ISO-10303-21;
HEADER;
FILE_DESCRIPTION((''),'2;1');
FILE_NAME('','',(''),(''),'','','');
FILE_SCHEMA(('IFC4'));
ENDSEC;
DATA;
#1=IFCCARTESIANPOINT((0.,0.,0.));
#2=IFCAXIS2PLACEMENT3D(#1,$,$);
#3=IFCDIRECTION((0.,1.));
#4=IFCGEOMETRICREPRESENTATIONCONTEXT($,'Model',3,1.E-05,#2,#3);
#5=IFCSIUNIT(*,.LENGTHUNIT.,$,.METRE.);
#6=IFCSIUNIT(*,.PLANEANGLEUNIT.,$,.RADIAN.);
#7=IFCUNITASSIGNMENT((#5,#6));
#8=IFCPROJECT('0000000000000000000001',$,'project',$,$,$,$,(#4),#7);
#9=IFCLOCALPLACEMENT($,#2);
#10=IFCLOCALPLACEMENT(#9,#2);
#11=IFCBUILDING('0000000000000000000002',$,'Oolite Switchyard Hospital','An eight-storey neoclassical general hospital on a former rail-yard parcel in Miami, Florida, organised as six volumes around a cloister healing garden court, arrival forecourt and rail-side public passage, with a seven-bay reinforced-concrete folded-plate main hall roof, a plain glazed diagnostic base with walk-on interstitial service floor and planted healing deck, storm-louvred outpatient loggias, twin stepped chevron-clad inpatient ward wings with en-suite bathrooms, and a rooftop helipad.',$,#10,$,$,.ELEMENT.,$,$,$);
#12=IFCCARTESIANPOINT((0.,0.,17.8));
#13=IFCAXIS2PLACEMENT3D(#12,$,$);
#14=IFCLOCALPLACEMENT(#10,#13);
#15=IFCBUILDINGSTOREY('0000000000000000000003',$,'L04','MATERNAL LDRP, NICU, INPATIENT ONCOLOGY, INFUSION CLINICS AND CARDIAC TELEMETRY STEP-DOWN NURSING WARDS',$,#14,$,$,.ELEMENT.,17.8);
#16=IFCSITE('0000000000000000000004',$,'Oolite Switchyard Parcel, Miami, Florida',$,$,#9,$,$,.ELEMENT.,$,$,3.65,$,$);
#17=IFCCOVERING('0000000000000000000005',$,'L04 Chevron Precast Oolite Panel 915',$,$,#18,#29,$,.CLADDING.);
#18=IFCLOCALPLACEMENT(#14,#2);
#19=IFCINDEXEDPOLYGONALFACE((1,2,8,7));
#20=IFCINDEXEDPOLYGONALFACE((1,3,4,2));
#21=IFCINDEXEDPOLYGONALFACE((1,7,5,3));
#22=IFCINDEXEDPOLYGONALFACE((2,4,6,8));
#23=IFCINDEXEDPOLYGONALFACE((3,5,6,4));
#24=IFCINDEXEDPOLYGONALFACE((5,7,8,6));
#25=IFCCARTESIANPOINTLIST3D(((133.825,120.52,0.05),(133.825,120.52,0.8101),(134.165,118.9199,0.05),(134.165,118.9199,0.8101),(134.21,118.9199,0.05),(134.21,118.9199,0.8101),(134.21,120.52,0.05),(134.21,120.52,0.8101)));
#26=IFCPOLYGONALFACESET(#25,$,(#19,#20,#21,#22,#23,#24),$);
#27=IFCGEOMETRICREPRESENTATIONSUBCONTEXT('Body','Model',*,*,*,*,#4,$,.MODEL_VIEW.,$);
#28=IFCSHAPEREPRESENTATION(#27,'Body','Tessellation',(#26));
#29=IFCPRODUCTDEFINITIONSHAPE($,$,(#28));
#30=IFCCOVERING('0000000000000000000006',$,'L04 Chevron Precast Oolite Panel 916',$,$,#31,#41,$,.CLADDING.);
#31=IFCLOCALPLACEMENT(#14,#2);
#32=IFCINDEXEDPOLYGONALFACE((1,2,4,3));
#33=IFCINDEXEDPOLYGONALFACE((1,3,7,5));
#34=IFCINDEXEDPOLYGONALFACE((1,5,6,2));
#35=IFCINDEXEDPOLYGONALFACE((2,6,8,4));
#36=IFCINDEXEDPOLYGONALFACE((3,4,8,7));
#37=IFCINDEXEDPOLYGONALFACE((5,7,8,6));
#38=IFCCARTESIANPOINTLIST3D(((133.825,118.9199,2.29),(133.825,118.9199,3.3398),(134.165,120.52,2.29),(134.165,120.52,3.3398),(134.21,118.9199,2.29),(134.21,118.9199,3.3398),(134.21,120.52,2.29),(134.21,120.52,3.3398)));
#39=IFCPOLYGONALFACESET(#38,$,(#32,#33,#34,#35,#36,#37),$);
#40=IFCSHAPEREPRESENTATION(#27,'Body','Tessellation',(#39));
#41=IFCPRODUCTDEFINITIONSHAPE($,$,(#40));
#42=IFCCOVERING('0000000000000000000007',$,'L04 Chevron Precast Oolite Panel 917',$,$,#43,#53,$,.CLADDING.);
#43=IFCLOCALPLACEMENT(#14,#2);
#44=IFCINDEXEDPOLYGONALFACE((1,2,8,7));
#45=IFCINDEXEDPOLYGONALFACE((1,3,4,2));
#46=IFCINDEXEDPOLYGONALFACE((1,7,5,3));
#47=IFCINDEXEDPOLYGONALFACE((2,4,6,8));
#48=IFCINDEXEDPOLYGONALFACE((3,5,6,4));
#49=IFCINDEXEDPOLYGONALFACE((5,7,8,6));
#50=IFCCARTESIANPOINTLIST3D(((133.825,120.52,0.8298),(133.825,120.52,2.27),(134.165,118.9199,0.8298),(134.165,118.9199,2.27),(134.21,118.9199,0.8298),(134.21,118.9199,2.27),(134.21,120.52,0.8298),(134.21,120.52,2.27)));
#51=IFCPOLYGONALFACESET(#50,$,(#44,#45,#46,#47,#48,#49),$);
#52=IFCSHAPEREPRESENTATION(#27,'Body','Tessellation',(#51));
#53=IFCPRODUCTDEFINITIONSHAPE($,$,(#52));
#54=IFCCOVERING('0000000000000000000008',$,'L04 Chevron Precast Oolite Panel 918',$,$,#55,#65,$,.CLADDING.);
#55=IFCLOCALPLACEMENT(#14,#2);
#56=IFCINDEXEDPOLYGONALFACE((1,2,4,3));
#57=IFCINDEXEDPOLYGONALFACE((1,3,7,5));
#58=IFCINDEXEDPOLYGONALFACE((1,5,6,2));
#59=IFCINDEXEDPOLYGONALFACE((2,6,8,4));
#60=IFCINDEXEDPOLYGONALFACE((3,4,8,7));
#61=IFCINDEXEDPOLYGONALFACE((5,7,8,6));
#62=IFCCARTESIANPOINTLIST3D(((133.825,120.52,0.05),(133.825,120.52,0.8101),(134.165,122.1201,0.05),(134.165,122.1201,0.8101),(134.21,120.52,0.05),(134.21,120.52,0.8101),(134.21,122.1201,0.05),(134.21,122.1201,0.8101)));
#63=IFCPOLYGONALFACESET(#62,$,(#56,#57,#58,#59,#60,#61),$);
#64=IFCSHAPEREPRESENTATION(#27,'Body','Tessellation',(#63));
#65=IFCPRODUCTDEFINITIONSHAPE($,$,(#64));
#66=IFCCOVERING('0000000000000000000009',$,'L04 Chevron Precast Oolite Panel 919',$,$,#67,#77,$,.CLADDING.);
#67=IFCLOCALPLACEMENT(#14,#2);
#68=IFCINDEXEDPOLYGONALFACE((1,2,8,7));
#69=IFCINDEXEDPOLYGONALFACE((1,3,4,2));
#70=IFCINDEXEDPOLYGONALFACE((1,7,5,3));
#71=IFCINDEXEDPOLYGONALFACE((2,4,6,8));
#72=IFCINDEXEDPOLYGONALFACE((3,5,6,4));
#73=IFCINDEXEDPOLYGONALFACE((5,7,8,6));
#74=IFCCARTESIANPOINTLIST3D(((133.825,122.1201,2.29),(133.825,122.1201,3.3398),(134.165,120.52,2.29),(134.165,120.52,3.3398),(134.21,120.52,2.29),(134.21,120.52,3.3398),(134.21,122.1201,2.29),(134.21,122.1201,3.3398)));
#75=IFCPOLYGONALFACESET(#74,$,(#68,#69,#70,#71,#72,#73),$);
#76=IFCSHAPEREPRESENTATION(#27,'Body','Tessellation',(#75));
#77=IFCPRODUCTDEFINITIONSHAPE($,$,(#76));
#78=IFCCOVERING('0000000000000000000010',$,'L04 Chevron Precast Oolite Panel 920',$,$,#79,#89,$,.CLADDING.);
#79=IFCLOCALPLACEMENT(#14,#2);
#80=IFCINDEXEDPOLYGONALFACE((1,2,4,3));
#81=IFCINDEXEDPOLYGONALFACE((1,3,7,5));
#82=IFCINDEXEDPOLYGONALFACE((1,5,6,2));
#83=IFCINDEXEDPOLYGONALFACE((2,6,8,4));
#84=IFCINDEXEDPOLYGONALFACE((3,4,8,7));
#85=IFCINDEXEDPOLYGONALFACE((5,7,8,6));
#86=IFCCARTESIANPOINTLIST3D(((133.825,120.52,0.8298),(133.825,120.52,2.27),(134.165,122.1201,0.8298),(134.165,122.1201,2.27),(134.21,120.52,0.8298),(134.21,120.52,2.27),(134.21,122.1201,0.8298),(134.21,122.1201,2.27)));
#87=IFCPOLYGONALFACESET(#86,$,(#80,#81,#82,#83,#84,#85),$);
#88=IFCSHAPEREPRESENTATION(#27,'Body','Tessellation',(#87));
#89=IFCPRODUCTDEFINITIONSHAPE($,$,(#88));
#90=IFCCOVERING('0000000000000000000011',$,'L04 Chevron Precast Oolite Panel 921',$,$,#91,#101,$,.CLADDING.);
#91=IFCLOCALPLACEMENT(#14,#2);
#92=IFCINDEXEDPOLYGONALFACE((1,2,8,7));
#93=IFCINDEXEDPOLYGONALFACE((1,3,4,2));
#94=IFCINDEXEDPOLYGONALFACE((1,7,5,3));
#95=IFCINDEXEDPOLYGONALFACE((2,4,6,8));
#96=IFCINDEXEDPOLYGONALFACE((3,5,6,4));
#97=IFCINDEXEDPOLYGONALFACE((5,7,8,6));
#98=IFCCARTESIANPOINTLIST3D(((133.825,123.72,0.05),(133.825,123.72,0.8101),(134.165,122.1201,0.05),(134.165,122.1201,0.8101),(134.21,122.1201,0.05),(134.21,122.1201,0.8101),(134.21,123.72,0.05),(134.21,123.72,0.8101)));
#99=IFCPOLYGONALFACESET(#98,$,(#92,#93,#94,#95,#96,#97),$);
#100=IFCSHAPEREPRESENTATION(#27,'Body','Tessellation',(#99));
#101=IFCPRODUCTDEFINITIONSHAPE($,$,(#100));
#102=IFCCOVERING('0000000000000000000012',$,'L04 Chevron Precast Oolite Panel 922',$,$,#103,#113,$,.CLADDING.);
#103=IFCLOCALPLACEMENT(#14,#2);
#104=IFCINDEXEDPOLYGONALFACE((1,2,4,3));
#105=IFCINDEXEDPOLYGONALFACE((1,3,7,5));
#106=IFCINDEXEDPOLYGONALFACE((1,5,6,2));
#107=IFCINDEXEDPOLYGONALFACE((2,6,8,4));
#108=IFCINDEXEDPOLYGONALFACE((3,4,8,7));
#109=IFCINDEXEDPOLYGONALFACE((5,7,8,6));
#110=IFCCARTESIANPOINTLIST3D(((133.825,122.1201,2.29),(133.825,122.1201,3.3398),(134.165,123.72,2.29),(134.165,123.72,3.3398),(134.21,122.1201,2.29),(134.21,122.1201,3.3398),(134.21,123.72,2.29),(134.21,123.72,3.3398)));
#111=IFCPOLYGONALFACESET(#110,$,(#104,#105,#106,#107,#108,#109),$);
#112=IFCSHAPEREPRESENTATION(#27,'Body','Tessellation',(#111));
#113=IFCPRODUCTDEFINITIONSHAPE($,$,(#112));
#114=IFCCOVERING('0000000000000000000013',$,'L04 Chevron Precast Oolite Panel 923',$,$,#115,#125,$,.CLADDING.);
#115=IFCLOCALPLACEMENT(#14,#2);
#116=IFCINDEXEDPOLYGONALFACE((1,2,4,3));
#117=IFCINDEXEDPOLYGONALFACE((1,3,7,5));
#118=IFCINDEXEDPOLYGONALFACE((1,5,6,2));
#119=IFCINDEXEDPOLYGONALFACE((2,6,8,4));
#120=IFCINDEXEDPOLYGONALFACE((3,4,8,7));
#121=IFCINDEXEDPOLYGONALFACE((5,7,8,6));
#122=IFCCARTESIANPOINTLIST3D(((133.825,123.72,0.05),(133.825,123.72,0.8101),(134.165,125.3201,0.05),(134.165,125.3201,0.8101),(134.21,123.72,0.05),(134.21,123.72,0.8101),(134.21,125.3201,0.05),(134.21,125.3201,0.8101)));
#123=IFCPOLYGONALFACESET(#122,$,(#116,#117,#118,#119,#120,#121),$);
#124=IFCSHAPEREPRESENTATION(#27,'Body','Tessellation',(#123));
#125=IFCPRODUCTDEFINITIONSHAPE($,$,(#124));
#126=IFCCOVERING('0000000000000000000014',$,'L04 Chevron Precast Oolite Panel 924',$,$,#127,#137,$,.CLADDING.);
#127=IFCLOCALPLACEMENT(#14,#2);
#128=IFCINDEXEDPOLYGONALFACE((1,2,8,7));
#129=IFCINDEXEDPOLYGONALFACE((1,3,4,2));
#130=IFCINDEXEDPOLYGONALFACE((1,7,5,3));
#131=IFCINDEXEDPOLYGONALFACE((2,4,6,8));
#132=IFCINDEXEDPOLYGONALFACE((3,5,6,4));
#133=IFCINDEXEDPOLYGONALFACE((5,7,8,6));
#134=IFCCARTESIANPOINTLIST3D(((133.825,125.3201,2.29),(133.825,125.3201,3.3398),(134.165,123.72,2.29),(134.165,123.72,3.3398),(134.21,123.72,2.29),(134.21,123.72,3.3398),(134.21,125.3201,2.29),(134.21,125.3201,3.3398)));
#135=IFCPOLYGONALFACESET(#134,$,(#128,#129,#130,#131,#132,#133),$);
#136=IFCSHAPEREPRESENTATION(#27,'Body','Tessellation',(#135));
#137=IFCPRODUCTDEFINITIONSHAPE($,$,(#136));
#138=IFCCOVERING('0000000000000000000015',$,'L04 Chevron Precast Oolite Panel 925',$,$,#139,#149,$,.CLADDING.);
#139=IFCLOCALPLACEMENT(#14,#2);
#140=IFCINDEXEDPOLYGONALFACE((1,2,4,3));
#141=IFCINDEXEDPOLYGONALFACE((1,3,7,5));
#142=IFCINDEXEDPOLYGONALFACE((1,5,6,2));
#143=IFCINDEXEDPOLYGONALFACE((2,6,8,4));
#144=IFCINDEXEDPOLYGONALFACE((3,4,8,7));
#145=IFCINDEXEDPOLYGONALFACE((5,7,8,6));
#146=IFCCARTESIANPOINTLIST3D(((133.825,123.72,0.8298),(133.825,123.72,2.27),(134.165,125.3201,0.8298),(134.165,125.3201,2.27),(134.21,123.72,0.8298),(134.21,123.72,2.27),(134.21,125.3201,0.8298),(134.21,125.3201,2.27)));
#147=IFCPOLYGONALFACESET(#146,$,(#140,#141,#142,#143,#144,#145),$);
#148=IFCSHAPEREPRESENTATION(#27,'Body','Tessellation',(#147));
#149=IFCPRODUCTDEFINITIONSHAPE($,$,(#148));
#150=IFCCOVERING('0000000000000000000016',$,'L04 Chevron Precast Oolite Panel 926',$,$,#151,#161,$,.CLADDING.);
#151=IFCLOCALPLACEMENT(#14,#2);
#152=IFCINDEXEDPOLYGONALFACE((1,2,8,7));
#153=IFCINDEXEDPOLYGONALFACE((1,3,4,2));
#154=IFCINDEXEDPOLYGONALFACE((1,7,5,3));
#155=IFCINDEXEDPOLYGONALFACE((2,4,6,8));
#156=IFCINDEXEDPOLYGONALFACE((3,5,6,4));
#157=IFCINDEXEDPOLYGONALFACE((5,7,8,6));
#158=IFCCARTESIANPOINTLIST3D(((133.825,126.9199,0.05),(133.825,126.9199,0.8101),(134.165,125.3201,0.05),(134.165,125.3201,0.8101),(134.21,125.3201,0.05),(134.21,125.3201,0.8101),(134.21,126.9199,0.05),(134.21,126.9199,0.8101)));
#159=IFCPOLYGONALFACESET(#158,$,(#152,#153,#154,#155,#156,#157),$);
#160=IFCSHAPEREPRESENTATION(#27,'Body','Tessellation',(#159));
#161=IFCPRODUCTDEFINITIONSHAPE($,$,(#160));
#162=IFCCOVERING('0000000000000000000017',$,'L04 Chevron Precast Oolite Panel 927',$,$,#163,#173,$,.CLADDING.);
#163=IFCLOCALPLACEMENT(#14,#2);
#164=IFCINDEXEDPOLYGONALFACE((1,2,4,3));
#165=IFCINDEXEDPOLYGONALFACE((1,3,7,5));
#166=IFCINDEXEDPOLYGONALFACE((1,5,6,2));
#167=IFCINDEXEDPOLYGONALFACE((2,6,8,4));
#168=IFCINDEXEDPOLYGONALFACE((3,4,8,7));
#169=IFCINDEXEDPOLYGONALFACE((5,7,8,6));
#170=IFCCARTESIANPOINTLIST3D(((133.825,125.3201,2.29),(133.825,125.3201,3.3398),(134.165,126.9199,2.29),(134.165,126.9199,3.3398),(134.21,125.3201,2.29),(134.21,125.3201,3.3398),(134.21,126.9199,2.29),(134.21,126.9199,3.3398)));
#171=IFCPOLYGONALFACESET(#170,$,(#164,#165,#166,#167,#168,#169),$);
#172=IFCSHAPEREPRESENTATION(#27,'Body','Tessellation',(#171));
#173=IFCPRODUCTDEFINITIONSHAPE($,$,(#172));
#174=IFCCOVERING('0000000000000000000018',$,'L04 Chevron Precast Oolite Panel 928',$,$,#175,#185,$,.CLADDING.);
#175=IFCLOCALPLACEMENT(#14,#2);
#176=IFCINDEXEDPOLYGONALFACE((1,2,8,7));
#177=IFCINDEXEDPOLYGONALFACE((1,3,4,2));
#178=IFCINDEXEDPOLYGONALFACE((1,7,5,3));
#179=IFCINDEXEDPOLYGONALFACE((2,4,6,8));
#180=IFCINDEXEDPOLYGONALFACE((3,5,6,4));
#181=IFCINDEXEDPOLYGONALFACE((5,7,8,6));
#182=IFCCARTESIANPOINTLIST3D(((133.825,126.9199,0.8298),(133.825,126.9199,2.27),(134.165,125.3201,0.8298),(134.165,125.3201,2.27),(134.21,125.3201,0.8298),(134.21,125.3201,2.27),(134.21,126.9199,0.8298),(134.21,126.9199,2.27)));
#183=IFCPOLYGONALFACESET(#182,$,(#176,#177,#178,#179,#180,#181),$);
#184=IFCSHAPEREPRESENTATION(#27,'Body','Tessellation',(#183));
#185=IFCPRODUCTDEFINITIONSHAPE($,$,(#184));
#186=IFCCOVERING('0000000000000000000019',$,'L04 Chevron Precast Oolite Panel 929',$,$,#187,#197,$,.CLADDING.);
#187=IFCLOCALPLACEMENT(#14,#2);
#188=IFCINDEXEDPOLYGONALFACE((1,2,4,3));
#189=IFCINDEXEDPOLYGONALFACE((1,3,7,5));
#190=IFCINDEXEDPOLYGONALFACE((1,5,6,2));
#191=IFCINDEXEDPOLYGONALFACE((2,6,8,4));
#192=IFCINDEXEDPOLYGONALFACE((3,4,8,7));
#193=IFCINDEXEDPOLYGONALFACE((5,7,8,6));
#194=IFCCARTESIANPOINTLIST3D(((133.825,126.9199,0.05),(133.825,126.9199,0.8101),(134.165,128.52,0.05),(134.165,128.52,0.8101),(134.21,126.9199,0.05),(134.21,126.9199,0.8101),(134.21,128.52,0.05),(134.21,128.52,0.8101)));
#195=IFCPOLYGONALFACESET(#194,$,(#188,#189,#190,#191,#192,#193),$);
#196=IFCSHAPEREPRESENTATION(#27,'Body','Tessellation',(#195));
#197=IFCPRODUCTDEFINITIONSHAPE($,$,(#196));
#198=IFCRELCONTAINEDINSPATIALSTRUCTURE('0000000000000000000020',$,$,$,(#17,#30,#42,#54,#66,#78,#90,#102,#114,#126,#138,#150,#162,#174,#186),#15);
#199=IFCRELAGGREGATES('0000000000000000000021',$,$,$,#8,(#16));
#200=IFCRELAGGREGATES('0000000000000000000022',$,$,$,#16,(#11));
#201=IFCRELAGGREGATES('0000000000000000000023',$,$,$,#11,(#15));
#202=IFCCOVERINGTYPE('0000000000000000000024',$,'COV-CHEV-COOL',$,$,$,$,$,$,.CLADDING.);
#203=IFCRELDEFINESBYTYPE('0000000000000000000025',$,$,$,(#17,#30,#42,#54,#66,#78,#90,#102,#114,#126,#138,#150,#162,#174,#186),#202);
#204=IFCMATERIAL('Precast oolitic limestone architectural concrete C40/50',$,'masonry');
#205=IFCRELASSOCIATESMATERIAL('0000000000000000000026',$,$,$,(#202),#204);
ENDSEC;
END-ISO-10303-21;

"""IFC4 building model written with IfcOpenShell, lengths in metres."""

from ifc_helpers import new_model, si_unit, direction, frame, origin, place, context, subcontext, project, spatial, polyline, outline, extrude, material, type_object, element, save


model = new_model("IFC4")

# Units and contexts
model_context = context("Model", 3, precision=1e-05, world=origin(), true_north=direction((0.0, 1.0)))
body_context = subcontext(model_context, "Body", "Model", "MODEL_VIEW")
ifc_project = project(units=[si_unit("LENGTHUNIT", "METRE"), si_unit("PLANEANGLEUNIT", "RADIAN")], contexts=[model_context])

# Site, building, storey
site_placement = place(None, origin())
site = spatial("IfcSite", under=ifc_project, at=site_placement, Name="Oolite Switchyard Parcel, Miami, Florida", CompositionType="ELEMENT", RefElevation=3.65)
building_placement = place(site_placement, origin())
building = spatial("IfcBuilding", under=site, at=building_placement, Name="Oolite Switchyard Hospital", Description="An eight-storey neoclassical general hospital on a former rail-yard parcel in Miami, Florida, organised as six volumes around a cloister healing garden court, arrival forecourt and rail-side public passage, with a seven-bay reinforced-concrete folded-plate main hall roof, a plain glazed diagnostic base with walk-on interstitial service floor and planted healing deck, storm-louvred outpatient loggias, twin stepped chevron-clad inpatient ward wings with en-suite bathrooms, and a rooftop helipad.", CompositionType="ELEMENT")
storey_placement = place(building_placement, frame((0.0, 0.0, 17.8)))
storey = spatial("IfcBuildingStorey", under=building, at=storey_placement, Name="L04", Description="MATERNAL LDRP, NICU, INPATIENT ONCOLOGY, INFUSION CLINICS AND CARDIAC TELEMETRY STEP-DOWN NURSING WARDS", CompositionType="ELEMENT", Elevation=17.8)

# Coverings
ifc_material_1 = material(Name="Precast oolitic limestone architectural concrete C40/50", Category="masonry")
covering_type = type_object("IfcCoveringType", Name="COV-CHEV-COOL", PredefinedType="CLADDING", material=ifc_material_1)
covering_1_placement = place(storey_placement, frame((134.21, 118.9199, 0.05), z_axis=(0.0, 0.0, 1.0), x_axis=(0.0, 1.0, 0.0)))
element("IfcCovering", 1, at=covering_1_placement, inside=storey, type_object=covering_type, Name="L04 Chevron Precast Oolite Panel 915", PredefinedType="CLADDING", context=body_context, shape_type="SweptSolid", body=[
    extrude(outline(polyline([(0.0, 0.0), (1.6001, 0.0), (1.6001, 0.385), (0.0, 0.0449), (0.0, 0.0)])), origin(), (0.0, 0.0, 1.0), 0.76),
])
covering_2_placement = place(storey_placement, frame((134.21, 118.9199, 2.29), z_axis=(0.0, 0.0, 1.0), x_axis=(0.0, 1.0, 0.0)))
element("IfcCovering", 2, at=covering_2_placement, inside=storey, type_object=covering_type, Name="L04 Chevron Precast Oolite Panel 916", PredefinedType="CLADDING", context=body_context, shape_type="SweptSolid", body=[
    extrude(outline(polyline([(0.0, 0.0), (1.6001, 0.0), (1.6001, 0.0449), (0.0, 0.385), (0.0, 0.0)])), origin(), (0.0, 0.0, 1.0), 1.0498),
])
covering_3_placement = place(storey_placement, frame((134.21, 118.9199, 0.8298), z_axis=(0.0, 0.0, 1.0), x_axis=(0.0, 1.0, 0.0)))
element("IfcCovering", 3, at=covering_3_placement, inside=storey, type_object=covering_type, Name="L04 Chevron Precast Oolite Panel 917", PredefinedType="CLADDING", context=body_context, shape_type="SweptSolid", body=[
    extrude(outline(polyline([(0.0, 0.0), (1.6001, 0.0), (1.6001, 0.385), (0.0, 0.0449), (0.0, 0.0)])), origin(), (0.0, 0.0, 1.0), 1.4402),
])
covering_4_placement = place(storey_placement, frame((134.21, 120.52, 0.05), z_axis=(0.0, 0.0, 1.0), x_axis=(0.0, 1.0, 0.0)))
element("IfcCovering", 4, at=covering_4_placement, inside=storey, type_object=covering_type, Name="L04 Chevron Precast Oolite Panel 918", PredefinedType="CLADDING", context=body_context, shape_type="SweptSolid", body=[
    extrude(outline(polyline([(0.0, 0.0), (1.6001, 0.0), (1.6001, 0.0449), (0.0, 0.385), (0.0, 0.0)])), origin(), (0.0, 0.0, 1.0), 0.76),
])
covering_5_placement = place(storey_placement, frame((134.21, 120.52, 2.29), z_axis=(0.0, 0.0, 1.0), x_axis=(0.0, 1.0, 0.0)))
element("IfcCovering", 5, at=covering_5_placement, inside=storey, type_object=covering_type, Name="L04 Chevron Precast Oolite Panel 919", PredefinedType="CLADDING", context=body_context, shape_type="SweptSolid", body=[
    extrude(outline(polyline([(0.0, 0.0), (1.6001, 0.0), (1.6001, 0.385), (0.0, 0.0449), (0.0, 0.0)])), origin(), (0.0, 0.0, 1.0), 1.0498),
])
covering_6_placement = place(storey_placement, frame((134.21, 120.52, 0.8298), z_axis=(0.0, 0.0, 1.0), x_axis=(0.0, 1.0, 0.0)))
element("IfcCovering", 6, at=covering_6_placement, inside=storey, type_object=covering_type, Name="L04 Chevron Precast Oolite Panel 920", PredefinedType="CLADDING", context=body_context, shape_type="SweptSolid", body=[
    extrude(outline(polyline([(0.0, 0.0), (1.6001, 0.0), (1.6001, 0.0449), (0.0, 0.385), (0.0, 0.0)])), origin(), (0.0, 0.0, 1.0), 1.4402),
])
covering_7_placement = place(storey_placement, frame((134.21, 122.1201, 0.05), z_axis=(0.0, 0.0, 1.0), x_axis=(0.0, 1.0, 0.0)))
element("IfcCovering", 7, at=covering_7_placement, inside=storey, type_object=covering_type, Name="L04 Chevron Precast Oolite Panel 921", PredefinedType="CLADDING", context=body_context, shape_type="SweptSolid", body=[
    extrude(outline(polyline([(0.0, 0.0), (1.5999, 0.0), (1.5999, 0.385), (0.0, 0.0449), (0.0, 0.0)])), origin(), (0.0, 0.0, 1.0), 0.76),
])
covering_8_placement = place(storey_placement, frame((134.21, 122.1201, 2.29), z_axis=(0.0, 0.0, 1.0), x_axis=(0.0, 1.0, 0.0)))
element("IfcCovering", 8, at=covering_8_placement, inside=storey, type_object=covering_type, Name="L04 Chevron Precast Oolite Panel 922", PredefinedType="CLADDING", context=body_context, shape_type="SweptSolid", body=[
    extrude(outline(polyline([(0.0, 0.0), (1.5999, 0.0), (1.5999, 0.0449), (0.0, 0.385), (0.0, 0.0)])), origin(), (0.0, 0.0, 1.0), 1.0498),
])
covering_9_placement = place(storey_placement, frame((134.21, 123.72, 0.05), z_axis=(0.0, 0.0, 1.0), x_axis=(0.0, 1.0, 0.0)))
element("IfcCovering", 9, at=covering_9_placement, inside=storey, type_object=covering_type, Name="L04 Chevron Precast Oolite Panel 923", PredefinedType="CLADDING", context=body_context, shape_type="SweptSolid", body=[
    extrude(outline(polyline([(0.0, 0.0), (1.6001, 0.0), (1.6001, 0.0449), (0.0, 0.385), (0.0, 0.0)])), origin(), (0.0, 0.0, 1.0), 0.76),
])
covering_10_placement = place(storey_placement, frame((134.21, 123.72, 2.29), z_axis=(0.0, 0.0, 1.0), x_axis=(0.0, 1.0, 0.0)))
element("IfcCovering", 10, at=covering_10_placement, inside=storey, type_object=covering_type, Name="L04 Chevron Precast Oolite Panel 924", PredefinedType="CLADDING", context=body_context, shape_type="SweptSolid", body=[
    extrude(outline(polyline([(0.0, 0.0), (1.6001, 0.0), (1.6001, 0.385), (0.0, 0.0449), (0.0, 0.0)])), origin(), (0.0, 0.0, 1.0), 1.0498),
])
covering_11_placement = place(storey_placement, frame((134.21, 123.72, 0.8298), z_axis=(0.0, 0.0, 1.0), x_axis=(0.0, 1.0, 0.0)))
element("IfcCovering", 11, at=covering_11_placement, inside=storey, type_object=covering_type, Name="L04 Chevron Precast Oolite Panel 925", PredefinedType="CLADDING", context=body_context, shape_type="SweptSolid", body=[
    extrude(outline(polyline([(0.0, 0.0), (1.6001, 0.0), (1.6001, 0.0449), (0.0, 0.385), (0.0, 0.0)])), origin(), (0.0, 0.0, 1.0), 1.4402),
])
covering_12_placement = place(storey_placement, frame((134.21, 125.3201, 0.05), z_axis=(0.0, 0.0, 1.0), x_axis=(0.0, 1.0, 0.0)))
element("IfcCovering", 12, at=covering_12_placement, inside=storey, type_object=covering_type, Name="L04 Chevron Precast Oolite Panel 926", PredefinedType="CLADDING", context=body_context, shape_type="SweptSolid", body=[
    extrude(outline(polyline([(0.0, 0.0), (1.5999, 0.0), (1.5999, 0.385), (0.0, 0.0449), (0.0, 0.0)])), origin(), (0.0, 0.0, 1.0), 0.76),
])
covering_13_placement = place(storey_placement, frame((134.21, 125.3201, 2.29), z_axis=(0.0, 0.0, 1.0), x_axis=(0.0, 1.0, 0.0)))
element("IfcCovering", 13, at=covering_13_placement, inside=storey, type_object=covering_type, Name="L04 Chevron Precast Oolite Panel 927", PredefinedType="CLADDING", context=body_context, shape_type="SweptSolid", body=[
    extrude(outline(polyline([(0.0, 0.0), (1.5999, 0.0), (1.5999, 0.0449), (0.0, 0.385), (0.0, 0.0)])), origin(), (0.0, 0.0, 1.0), 1.0498),
])
covering_14_placement = place(storey_placement, frame((134.21, 125.3201, 0.8298), z_axis=(0.0, 0.0, 1.0), x_axis=(0.0, 1.0, 0.0)))
element("IfcCovering", 14, at=covering_14_placement, inside=storey, type_object=covering_type, Name="L04 Chevron Precast Oolite Panel 928", PredefinedType="CLADDING", context=body_context, shape_type="SweptSolid", body=[
    extrude(outline(polyline([(0.0, 0.0), (1.5999, 0.0), (1.5999, 0.385), (0.0, 0.0449), (0.0, 0.0)])), origin(), (0.0, 0.0, 1.0), 1.4402),
])
covering_15_placement = place(storey_placement, frame((134.21, 126.9199, 0.05), z_axis=(0.0, 0.0, 1.0), x_axis=(0.0, 1.0, 0.0)))
element("IfcCovering", 15, at=covering_15_placement, inside=storey, type_object=covering_type, Name="L04 Chevron Precast Oolite Panel 929", PredefinedType="CLADDING", context=body_context, shape_type="SweptSolid", body=[
    extrude(outline(polyline([(0.0, 0.0), (1.6001, 0.0), (1.6001, 0.0449), (0.0, 0.385), (0.0, 0.0)])), origin(), (0.0, 0.0, 1.0), 0.76),
])

save(model, "model.ifc")
